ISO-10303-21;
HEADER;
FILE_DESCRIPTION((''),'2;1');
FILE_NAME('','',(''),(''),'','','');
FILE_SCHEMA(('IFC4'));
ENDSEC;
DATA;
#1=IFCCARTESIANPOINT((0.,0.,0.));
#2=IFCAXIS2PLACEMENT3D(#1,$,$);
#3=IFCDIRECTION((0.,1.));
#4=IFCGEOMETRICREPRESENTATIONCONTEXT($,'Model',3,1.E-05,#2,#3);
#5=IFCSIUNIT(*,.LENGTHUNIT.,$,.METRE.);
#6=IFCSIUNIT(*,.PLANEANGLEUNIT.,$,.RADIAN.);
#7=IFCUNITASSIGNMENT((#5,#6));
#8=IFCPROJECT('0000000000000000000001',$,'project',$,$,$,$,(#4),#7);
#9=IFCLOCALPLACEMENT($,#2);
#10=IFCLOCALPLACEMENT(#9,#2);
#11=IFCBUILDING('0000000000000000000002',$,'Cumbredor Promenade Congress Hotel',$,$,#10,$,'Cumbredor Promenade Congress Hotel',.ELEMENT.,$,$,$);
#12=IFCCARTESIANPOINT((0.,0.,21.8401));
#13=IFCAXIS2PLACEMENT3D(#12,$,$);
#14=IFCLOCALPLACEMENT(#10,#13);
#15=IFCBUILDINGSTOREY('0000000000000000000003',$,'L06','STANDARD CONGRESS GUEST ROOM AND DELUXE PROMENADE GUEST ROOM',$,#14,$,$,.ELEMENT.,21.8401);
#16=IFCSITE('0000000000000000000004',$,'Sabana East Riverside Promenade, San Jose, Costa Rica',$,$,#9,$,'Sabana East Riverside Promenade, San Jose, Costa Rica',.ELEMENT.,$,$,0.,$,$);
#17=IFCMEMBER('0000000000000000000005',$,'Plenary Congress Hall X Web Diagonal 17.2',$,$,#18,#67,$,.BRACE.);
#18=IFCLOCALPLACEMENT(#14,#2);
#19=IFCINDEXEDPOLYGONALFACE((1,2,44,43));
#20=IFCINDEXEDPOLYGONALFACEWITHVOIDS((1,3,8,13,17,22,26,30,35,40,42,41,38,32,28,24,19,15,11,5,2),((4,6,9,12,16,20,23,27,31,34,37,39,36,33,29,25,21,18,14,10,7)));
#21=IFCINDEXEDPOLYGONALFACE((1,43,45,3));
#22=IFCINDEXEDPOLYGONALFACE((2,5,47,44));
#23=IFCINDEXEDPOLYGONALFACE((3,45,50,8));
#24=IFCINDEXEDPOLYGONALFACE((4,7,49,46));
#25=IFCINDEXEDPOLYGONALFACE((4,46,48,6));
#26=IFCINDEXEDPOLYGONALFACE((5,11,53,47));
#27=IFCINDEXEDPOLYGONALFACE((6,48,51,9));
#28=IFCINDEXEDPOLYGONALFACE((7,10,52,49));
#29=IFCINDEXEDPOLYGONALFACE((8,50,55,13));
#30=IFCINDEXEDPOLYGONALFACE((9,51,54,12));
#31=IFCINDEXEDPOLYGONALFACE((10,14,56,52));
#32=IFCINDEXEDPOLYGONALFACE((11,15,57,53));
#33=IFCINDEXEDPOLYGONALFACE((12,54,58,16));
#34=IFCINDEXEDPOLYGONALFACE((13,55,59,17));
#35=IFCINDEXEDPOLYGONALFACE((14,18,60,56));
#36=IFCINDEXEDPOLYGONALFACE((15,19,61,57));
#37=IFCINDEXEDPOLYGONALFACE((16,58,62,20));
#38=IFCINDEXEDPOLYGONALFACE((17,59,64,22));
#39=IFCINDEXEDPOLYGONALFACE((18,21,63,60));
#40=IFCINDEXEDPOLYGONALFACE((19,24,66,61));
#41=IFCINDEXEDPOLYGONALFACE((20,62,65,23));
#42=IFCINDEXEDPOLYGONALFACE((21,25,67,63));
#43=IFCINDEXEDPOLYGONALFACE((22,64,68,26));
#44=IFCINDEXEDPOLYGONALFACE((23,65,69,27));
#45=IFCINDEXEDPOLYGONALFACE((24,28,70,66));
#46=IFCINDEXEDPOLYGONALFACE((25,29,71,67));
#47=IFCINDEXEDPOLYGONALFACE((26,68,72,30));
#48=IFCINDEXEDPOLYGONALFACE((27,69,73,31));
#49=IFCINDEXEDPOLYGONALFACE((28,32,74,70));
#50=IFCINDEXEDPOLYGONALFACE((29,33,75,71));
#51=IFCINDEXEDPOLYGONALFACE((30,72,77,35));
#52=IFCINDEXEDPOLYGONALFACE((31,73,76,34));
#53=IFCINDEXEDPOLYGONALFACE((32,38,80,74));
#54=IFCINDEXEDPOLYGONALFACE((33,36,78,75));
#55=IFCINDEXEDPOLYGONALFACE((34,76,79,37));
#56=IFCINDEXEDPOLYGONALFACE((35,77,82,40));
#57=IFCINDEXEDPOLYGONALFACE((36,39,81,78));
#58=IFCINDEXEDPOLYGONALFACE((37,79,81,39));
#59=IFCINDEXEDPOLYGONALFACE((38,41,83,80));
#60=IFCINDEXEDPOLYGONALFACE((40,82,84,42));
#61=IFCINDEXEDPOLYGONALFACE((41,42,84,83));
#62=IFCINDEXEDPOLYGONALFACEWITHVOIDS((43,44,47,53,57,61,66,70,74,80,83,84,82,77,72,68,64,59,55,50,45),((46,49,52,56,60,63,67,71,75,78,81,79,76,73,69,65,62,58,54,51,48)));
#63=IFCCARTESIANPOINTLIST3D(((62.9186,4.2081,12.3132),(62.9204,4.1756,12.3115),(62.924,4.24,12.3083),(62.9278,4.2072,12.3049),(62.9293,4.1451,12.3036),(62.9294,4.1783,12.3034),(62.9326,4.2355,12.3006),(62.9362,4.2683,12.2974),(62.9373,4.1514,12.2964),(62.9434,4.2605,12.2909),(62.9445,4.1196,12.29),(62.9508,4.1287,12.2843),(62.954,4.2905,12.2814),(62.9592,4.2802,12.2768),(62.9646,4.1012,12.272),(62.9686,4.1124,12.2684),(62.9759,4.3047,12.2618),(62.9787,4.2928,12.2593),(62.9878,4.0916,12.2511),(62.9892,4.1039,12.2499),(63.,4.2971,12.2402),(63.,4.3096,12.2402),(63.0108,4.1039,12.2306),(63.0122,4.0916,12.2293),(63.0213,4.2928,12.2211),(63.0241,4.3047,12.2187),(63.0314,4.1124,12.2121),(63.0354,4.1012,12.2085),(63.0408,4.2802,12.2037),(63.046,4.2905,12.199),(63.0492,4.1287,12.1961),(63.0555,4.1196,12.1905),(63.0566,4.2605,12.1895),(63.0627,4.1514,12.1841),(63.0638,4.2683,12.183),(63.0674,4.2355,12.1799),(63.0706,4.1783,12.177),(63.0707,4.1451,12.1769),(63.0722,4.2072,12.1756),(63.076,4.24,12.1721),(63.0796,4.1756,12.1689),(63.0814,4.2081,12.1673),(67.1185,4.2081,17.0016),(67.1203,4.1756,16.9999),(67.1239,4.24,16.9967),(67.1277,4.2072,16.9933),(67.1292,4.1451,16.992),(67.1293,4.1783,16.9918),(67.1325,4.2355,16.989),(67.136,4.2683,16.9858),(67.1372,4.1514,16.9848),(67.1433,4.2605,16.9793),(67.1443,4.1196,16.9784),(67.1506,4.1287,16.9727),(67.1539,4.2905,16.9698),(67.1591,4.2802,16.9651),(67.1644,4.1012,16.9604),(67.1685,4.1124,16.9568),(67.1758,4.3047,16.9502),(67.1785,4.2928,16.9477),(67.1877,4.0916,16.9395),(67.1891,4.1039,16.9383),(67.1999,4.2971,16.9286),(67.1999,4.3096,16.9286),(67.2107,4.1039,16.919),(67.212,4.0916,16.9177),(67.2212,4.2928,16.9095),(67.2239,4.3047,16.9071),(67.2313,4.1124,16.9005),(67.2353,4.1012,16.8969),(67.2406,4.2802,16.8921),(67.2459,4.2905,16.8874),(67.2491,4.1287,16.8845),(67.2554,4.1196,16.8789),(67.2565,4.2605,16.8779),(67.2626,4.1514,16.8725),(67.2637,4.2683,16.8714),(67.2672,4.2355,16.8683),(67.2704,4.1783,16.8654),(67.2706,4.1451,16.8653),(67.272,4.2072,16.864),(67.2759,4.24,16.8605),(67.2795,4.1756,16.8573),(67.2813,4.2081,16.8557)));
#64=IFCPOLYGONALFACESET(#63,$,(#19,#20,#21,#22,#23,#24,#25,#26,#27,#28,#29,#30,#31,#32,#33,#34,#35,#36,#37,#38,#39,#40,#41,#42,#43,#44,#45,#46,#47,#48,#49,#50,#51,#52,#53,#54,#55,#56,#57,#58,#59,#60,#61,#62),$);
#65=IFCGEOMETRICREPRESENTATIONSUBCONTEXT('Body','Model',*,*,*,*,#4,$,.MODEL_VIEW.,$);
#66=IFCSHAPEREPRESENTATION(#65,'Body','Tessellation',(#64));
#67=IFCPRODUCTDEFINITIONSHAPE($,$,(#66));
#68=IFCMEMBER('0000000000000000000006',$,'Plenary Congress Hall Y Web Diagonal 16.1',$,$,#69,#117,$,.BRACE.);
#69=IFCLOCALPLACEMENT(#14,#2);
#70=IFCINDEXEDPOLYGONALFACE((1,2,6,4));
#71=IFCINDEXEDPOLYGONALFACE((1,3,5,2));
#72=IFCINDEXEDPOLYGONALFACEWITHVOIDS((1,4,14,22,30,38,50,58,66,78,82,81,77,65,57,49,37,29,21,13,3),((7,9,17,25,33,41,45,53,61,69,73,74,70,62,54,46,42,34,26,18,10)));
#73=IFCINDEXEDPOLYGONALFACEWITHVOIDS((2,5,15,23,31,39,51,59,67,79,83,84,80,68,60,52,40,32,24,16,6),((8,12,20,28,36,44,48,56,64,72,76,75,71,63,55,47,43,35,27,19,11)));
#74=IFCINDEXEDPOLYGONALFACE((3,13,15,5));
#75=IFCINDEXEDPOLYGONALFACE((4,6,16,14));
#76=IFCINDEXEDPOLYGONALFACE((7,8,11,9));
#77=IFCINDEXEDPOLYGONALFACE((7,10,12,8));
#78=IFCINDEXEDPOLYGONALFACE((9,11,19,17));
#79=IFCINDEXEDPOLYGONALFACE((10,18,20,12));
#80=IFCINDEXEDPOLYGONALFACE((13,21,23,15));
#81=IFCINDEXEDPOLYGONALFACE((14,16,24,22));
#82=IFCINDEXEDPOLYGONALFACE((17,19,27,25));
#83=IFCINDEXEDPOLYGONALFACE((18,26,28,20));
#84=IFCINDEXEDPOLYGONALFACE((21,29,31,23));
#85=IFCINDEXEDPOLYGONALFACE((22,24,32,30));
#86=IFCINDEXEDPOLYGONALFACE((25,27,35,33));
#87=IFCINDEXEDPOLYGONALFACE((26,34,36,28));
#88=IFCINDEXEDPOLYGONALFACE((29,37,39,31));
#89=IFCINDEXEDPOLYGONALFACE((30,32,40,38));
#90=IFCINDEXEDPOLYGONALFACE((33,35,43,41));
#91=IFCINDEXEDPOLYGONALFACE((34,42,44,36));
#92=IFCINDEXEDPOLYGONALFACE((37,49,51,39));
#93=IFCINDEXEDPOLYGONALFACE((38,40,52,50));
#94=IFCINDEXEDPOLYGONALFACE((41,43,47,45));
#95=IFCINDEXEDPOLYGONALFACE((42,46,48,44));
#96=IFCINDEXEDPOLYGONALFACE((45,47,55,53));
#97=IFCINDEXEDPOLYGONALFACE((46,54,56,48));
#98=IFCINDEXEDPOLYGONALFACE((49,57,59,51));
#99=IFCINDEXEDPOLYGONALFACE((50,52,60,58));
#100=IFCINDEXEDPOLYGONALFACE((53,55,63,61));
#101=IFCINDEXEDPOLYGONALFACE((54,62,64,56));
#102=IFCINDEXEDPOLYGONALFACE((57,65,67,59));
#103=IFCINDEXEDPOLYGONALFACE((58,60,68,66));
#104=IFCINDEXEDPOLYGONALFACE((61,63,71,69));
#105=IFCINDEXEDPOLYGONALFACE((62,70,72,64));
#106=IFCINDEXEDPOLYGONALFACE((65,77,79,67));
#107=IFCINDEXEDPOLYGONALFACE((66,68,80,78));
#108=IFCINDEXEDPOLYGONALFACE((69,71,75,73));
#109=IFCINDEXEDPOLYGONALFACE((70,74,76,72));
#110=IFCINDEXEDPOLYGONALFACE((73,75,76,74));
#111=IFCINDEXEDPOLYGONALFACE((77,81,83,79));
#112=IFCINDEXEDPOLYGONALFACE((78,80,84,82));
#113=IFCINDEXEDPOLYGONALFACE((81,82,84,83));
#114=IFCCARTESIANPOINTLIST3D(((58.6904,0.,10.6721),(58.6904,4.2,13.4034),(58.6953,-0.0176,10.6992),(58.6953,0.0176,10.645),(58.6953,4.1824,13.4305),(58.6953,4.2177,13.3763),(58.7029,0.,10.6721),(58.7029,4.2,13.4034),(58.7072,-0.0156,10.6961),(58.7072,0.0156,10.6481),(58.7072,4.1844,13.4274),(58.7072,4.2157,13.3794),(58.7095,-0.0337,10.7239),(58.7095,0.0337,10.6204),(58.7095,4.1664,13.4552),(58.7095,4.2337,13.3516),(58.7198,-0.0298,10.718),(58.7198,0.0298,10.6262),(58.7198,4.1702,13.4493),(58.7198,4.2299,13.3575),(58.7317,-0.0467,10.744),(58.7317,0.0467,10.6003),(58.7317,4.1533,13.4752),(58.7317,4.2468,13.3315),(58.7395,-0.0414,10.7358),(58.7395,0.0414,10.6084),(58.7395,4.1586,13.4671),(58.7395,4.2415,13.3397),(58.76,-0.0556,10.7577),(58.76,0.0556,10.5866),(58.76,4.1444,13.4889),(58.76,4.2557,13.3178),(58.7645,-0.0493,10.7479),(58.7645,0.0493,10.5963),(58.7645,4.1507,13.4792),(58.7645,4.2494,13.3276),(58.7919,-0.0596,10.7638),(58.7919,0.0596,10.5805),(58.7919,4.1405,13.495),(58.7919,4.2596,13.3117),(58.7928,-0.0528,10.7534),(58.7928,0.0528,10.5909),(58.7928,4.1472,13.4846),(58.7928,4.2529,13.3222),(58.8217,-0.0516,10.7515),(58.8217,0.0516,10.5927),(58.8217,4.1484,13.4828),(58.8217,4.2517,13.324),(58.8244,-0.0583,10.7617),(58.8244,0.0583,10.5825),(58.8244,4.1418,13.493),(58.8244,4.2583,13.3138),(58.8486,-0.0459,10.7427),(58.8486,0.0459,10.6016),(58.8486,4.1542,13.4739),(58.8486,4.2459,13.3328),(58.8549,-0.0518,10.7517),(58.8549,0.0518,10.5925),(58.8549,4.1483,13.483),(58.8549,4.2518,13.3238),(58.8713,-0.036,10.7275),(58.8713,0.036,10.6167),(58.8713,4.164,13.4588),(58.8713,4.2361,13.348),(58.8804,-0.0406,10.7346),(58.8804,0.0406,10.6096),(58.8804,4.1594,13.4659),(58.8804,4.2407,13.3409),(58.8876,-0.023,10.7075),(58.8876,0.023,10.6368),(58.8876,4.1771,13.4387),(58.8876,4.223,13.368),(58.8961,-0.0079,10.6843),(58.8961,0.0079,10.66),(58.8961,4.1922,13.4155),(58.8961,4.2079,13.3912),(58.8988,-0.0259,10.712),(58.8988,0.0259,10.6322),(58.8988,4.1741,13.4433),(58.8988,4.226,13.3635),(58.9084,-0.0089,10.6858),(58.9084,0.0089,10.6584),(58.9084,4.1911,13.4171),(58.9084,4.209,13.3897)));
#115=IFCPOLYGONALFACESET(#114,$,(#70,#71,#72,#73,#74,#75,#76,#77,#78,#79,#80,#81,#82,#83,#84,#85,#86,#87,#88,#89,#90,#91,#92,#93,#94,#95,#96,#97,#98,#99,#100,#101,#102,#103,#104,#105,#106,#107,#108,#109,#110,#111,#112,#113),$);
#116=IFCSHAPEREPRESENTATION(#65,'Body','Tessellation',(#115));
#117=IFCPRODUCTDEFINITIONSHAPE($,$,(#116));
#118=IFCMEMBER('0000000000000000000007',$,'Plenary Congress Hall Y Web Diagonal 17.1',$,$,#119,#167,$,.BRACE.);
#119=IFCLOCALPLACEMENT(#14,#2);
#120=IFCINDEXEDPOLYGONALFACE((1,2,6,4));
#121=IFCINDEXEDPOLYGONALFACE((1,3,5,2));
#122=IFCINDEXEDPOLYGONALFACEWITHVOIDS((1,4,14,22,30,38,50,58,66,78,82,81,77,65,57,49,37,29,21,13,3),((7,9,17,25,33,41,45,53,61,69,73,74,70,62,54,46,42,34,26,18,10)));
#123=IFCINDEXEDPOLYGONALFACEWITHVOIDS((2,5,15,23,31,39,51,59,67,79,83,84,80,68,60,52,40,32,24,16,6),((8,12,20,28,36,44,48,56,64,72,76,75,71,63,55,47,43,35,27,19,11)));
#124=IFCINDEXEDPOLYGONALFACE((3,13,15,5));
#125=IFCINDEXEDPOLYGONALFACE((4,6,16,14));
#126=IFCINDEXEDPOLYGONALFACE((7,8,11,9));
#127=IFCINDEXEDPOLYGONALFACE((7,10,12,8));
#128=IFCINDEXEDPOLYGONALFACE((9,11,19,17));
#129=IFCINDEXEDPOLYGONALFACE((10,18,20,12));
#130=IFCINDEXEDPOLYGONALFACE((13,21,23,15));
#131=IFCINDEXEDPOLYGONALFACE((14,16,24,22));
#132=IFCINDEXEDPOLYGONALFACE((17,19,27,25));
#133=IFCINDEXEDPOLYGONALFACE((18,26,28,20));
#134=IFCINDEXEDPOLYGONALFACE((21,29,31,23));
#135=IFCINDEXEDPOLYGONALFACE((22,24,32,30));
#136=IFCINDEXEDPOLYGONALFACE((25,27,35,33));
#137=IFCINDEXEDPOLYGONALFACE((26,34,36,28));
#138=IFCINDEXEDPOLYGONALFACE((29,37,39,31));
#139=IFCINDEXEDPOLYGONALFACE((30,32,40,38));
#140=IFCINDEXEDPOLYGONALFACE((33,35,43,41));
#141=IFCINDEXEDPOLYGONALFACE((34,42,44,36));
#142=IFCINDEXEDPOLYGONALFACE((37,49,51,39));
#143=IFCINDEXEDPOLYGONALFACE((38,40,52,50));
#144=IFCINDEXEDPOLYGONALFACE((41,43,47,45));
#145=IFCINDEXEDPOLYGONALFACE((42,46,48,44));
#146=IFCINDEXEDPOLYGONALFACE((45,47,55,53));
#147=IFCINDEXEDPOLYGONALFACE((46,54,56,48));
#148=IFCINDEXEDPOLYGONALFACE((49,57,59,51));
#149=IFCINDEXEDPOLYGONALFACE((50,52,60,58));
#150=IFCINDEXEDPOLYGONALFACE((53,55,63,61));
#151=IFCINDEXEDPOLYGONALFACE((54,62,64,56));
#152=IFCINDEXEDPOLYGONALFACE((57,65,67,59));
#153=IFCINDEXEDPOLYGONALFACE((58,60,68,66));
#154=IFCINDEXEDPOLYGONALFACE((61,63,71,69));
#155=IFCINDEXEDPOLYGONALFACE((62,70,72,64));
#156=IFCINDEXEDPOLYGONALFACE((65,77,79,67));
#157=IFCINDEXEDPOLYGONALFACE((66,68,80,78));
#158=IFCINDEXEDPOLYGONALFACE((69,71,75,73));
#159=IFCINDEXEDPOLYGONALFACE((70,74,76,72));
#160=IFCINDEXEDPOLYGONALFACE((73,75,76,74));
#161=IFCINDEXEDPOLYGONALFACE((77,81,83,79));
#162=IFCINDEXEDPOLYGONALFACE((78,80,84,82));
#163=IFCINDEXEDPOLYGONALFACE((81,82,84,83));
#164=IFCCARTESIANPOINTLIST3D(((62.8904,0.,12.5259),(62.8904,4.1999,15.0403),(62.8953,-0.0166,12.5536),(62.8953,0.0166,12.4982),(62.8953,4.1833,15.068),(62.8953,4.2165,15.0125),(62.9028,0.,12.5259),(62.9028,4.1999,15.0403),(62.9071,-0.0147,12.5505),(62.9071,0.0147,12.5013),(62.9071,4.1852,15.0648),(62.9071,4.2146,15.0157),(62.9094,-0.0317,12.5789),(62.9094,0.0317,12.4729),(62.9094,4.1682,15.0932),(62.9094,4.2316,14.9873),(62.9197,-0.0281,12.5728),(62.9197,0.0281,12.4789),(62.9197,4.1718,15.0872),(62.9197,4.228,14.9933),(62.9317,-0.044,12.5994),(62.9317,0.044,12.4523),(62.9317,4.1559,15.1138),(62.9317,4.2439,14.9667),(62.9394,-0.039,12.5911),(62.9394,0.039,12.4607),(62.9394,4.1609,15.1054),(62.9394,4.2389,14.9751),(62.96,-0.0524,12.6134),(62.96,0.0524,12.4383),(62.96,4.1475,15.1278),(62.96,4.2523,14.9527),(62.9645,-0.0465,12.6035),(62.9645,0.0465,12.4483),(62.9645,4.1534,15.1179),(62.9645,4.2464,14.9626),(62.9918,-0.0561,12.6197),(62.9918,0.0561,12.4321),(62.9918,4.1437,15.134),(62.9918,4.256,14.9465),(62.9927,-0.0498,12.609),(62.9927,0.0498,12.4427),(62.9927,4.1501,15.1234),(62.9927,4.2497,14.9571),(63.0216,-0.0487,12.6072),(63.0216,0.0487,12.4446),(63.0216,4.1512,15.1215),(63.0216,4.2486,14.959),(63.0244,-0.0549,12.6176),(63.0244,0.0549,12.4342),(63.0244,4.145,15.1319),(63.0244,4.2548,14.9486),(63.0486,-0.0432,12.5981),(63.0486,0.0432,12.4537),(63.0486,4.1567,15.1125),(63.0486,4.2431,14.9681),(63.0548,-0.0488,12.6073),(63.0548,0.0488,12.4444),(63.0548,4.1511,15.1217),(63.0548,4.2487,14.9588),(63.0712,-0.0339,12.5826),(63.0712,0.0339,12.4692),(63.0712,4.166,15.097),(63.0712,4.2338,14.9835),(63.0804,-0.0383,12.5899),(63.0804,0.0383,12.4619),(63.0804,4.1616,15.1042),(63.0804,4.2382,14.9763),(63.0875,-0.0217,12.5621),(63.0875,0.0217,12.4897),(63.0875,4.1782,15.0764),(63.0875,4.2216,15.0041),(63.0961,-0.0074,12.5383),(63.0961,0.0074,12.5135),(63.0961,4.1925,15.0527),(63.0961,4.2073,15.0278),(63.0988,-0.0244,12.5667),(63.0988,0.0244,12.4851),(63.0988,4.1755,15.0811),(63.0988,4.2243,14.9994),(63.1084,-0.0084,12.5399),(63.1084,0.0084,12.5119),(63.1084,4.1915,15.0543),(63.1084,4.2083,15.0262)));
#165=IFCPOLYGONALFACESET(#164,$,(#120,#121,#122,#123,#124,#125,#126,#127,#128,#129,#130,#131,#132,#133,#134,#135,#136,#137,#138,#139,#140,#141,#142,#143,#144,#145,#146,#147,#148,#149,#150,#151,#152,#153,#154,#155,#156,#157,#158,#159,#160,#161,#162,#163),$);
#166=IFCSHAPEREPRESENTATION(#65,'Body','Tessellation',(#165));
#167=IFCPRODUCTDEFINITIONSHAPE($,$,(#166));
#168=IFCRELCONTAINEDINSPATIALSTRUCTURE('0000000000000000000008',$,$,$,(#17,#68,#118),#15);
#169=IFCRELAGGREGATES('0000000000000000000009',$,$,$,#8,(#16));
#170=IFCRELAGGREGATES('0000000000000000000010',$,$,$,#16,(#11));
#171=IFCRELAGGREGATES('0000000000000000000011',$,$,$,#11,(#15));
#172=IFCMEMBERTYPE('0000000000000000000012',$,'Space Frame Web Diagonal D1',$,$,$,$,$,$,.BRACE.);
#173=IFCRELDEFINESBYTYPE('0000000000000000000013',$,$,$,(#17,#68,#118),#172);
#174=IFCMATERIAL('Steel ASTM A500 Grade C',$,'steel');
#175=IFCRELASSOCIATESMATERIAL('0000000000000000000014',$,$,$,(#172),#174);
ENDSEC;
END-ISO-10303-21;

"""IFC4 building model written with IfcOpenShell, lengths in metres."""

from ifc_helpers import new_model, si_unit, direction, frame, origin, origin_2d, place, context, subcontext, project, spatial, hollow_circle, extrude, material, material_profile, profile_set, type_object, element, save


model = new_model("IFC4")

# Units and contexts
model_context = context("Model", 3, precision=1e-05, world=origin(), true_north=direction((0.0, 1.0)))
body_context = subcontext(model_context, "Body", "Model", "MODEL_VIEW")
ifc_project = project(units=[si_unit("LENGTHUNIT", "METRE"), si_unit("PLANEANGLEUNIT", "RADIAN")], contexts=[model_context])

# Site, building, storey
site_placement = place(None, origin())
site = spatial("IfcSite", under=ifc_project, at=site_placement, Name="Sabana East Riverside Promenade, San Jose, Costa Rica", LongName="Sabana East Riverside Promenade, San Jose, Costa Rica", CompositionType="ELEMENT", RefElevation=0.0)
building_placement = place(site_placement, origin())
building = spatial("IfcBuilding", under=site, at=building_placement, Name="Cumbredor Promenade Congress Hotel", LongName="Cumbredor Promenade Congress Hotel", CompositionType="ELEMENT")
storey_placement = place(building_placement, frame((0.0, 0.0, 21.8401)))
storey = spatial("IfcBuildingStorey", under=building, at=storey_placement, Name="L06", Description="STANDARD CONGRESS GUEST ROOM AND DELUXE PROMENADE GUEST ROOM", CompositionType="ELEMENT", Elevation=21.8401)

# Members
ifc_material_1 = material(Name="Steel ASTM A500 Grade C", Category="steel")
ifc_material_profile_1 = material_profile(ifc_material_1, hollow_circle(Radius=0.1096, WallThickness=0.0125, at=origin_2d()), Name="CHS 219.1x12.5")
ifc_profile_set_1 = profile_set([ifc_material_profile_1], Name="Steel ASTM A500 Grade C")
member_type_1 = type_object("IfcMemberType", Name="Space Frame Web Diagonal D1", PredefinedType="BRACE", material=ifc_profile_set_1)
member_1_placement = place(storey_placement, frame((63.0, 4.2, 12.2402), z_axis=(0.667236, 0.0, 0.744847), x_axis=(0.0, 1.0, 0.0)))
element("IfcMember", 1, at=member_1_placement, inside=storey, type_object=member_type_1, Name="Plenary Congress Hall X Web Diagonal 17.2", PredefinedType="BRACE", context=body_context, shape_type="SweptSolid", body=[
    extrude(hollow_circle(Radius=0.1096, WallThickness=0.0125, at=origin_2d()), origin(), (0.0, 0.0, 1.0), 6.2944),
])
member_2_placement = place(storey_placement, frame((58.8, 0.0, 10.6721), z_axis=(0.0, 0.838331, 0.545161), x_axis=(-1.0, 0.0, 0.0)))
element("IfcMember", 2, at=member_2_placement, inside=storey, type_object=member_type_1, Name="Plenary Congress Hall Y Web Diagonal 16.1", PredefinedType="BRACE", context=body_context, shape_type="SweptSolid", body=[
    extrude(hollow_circle(Radius=0.1096, WallThickness=0.0125, at=origin_2d()), origin(), (0.0, 0.0, 1.0), 5.01),
])
member_3_placement = place(storey_placement, frame((63.0, 0.0, 12.5259), z_axis=(0.0, 0.857994, 0.513659), x_axis=(-1.0, 0.0, 0.0)))
element("IfcMember", 3, at=member_3_placement, inside=storey, type_object=member_type_1, Name="Plenary Congress Hall Y Web Diagonal 17.1", PredefinedType="BRACE", context=body_context, shape_type="SweptSolid", body=[
    extrude(hollow_circle(Radius=0.1096, WallThickness=0.0125, at=origin_2d()), origin(), (0.0, 0.0, 1.0), 4.895),
])

save(model, "model.ifc")
